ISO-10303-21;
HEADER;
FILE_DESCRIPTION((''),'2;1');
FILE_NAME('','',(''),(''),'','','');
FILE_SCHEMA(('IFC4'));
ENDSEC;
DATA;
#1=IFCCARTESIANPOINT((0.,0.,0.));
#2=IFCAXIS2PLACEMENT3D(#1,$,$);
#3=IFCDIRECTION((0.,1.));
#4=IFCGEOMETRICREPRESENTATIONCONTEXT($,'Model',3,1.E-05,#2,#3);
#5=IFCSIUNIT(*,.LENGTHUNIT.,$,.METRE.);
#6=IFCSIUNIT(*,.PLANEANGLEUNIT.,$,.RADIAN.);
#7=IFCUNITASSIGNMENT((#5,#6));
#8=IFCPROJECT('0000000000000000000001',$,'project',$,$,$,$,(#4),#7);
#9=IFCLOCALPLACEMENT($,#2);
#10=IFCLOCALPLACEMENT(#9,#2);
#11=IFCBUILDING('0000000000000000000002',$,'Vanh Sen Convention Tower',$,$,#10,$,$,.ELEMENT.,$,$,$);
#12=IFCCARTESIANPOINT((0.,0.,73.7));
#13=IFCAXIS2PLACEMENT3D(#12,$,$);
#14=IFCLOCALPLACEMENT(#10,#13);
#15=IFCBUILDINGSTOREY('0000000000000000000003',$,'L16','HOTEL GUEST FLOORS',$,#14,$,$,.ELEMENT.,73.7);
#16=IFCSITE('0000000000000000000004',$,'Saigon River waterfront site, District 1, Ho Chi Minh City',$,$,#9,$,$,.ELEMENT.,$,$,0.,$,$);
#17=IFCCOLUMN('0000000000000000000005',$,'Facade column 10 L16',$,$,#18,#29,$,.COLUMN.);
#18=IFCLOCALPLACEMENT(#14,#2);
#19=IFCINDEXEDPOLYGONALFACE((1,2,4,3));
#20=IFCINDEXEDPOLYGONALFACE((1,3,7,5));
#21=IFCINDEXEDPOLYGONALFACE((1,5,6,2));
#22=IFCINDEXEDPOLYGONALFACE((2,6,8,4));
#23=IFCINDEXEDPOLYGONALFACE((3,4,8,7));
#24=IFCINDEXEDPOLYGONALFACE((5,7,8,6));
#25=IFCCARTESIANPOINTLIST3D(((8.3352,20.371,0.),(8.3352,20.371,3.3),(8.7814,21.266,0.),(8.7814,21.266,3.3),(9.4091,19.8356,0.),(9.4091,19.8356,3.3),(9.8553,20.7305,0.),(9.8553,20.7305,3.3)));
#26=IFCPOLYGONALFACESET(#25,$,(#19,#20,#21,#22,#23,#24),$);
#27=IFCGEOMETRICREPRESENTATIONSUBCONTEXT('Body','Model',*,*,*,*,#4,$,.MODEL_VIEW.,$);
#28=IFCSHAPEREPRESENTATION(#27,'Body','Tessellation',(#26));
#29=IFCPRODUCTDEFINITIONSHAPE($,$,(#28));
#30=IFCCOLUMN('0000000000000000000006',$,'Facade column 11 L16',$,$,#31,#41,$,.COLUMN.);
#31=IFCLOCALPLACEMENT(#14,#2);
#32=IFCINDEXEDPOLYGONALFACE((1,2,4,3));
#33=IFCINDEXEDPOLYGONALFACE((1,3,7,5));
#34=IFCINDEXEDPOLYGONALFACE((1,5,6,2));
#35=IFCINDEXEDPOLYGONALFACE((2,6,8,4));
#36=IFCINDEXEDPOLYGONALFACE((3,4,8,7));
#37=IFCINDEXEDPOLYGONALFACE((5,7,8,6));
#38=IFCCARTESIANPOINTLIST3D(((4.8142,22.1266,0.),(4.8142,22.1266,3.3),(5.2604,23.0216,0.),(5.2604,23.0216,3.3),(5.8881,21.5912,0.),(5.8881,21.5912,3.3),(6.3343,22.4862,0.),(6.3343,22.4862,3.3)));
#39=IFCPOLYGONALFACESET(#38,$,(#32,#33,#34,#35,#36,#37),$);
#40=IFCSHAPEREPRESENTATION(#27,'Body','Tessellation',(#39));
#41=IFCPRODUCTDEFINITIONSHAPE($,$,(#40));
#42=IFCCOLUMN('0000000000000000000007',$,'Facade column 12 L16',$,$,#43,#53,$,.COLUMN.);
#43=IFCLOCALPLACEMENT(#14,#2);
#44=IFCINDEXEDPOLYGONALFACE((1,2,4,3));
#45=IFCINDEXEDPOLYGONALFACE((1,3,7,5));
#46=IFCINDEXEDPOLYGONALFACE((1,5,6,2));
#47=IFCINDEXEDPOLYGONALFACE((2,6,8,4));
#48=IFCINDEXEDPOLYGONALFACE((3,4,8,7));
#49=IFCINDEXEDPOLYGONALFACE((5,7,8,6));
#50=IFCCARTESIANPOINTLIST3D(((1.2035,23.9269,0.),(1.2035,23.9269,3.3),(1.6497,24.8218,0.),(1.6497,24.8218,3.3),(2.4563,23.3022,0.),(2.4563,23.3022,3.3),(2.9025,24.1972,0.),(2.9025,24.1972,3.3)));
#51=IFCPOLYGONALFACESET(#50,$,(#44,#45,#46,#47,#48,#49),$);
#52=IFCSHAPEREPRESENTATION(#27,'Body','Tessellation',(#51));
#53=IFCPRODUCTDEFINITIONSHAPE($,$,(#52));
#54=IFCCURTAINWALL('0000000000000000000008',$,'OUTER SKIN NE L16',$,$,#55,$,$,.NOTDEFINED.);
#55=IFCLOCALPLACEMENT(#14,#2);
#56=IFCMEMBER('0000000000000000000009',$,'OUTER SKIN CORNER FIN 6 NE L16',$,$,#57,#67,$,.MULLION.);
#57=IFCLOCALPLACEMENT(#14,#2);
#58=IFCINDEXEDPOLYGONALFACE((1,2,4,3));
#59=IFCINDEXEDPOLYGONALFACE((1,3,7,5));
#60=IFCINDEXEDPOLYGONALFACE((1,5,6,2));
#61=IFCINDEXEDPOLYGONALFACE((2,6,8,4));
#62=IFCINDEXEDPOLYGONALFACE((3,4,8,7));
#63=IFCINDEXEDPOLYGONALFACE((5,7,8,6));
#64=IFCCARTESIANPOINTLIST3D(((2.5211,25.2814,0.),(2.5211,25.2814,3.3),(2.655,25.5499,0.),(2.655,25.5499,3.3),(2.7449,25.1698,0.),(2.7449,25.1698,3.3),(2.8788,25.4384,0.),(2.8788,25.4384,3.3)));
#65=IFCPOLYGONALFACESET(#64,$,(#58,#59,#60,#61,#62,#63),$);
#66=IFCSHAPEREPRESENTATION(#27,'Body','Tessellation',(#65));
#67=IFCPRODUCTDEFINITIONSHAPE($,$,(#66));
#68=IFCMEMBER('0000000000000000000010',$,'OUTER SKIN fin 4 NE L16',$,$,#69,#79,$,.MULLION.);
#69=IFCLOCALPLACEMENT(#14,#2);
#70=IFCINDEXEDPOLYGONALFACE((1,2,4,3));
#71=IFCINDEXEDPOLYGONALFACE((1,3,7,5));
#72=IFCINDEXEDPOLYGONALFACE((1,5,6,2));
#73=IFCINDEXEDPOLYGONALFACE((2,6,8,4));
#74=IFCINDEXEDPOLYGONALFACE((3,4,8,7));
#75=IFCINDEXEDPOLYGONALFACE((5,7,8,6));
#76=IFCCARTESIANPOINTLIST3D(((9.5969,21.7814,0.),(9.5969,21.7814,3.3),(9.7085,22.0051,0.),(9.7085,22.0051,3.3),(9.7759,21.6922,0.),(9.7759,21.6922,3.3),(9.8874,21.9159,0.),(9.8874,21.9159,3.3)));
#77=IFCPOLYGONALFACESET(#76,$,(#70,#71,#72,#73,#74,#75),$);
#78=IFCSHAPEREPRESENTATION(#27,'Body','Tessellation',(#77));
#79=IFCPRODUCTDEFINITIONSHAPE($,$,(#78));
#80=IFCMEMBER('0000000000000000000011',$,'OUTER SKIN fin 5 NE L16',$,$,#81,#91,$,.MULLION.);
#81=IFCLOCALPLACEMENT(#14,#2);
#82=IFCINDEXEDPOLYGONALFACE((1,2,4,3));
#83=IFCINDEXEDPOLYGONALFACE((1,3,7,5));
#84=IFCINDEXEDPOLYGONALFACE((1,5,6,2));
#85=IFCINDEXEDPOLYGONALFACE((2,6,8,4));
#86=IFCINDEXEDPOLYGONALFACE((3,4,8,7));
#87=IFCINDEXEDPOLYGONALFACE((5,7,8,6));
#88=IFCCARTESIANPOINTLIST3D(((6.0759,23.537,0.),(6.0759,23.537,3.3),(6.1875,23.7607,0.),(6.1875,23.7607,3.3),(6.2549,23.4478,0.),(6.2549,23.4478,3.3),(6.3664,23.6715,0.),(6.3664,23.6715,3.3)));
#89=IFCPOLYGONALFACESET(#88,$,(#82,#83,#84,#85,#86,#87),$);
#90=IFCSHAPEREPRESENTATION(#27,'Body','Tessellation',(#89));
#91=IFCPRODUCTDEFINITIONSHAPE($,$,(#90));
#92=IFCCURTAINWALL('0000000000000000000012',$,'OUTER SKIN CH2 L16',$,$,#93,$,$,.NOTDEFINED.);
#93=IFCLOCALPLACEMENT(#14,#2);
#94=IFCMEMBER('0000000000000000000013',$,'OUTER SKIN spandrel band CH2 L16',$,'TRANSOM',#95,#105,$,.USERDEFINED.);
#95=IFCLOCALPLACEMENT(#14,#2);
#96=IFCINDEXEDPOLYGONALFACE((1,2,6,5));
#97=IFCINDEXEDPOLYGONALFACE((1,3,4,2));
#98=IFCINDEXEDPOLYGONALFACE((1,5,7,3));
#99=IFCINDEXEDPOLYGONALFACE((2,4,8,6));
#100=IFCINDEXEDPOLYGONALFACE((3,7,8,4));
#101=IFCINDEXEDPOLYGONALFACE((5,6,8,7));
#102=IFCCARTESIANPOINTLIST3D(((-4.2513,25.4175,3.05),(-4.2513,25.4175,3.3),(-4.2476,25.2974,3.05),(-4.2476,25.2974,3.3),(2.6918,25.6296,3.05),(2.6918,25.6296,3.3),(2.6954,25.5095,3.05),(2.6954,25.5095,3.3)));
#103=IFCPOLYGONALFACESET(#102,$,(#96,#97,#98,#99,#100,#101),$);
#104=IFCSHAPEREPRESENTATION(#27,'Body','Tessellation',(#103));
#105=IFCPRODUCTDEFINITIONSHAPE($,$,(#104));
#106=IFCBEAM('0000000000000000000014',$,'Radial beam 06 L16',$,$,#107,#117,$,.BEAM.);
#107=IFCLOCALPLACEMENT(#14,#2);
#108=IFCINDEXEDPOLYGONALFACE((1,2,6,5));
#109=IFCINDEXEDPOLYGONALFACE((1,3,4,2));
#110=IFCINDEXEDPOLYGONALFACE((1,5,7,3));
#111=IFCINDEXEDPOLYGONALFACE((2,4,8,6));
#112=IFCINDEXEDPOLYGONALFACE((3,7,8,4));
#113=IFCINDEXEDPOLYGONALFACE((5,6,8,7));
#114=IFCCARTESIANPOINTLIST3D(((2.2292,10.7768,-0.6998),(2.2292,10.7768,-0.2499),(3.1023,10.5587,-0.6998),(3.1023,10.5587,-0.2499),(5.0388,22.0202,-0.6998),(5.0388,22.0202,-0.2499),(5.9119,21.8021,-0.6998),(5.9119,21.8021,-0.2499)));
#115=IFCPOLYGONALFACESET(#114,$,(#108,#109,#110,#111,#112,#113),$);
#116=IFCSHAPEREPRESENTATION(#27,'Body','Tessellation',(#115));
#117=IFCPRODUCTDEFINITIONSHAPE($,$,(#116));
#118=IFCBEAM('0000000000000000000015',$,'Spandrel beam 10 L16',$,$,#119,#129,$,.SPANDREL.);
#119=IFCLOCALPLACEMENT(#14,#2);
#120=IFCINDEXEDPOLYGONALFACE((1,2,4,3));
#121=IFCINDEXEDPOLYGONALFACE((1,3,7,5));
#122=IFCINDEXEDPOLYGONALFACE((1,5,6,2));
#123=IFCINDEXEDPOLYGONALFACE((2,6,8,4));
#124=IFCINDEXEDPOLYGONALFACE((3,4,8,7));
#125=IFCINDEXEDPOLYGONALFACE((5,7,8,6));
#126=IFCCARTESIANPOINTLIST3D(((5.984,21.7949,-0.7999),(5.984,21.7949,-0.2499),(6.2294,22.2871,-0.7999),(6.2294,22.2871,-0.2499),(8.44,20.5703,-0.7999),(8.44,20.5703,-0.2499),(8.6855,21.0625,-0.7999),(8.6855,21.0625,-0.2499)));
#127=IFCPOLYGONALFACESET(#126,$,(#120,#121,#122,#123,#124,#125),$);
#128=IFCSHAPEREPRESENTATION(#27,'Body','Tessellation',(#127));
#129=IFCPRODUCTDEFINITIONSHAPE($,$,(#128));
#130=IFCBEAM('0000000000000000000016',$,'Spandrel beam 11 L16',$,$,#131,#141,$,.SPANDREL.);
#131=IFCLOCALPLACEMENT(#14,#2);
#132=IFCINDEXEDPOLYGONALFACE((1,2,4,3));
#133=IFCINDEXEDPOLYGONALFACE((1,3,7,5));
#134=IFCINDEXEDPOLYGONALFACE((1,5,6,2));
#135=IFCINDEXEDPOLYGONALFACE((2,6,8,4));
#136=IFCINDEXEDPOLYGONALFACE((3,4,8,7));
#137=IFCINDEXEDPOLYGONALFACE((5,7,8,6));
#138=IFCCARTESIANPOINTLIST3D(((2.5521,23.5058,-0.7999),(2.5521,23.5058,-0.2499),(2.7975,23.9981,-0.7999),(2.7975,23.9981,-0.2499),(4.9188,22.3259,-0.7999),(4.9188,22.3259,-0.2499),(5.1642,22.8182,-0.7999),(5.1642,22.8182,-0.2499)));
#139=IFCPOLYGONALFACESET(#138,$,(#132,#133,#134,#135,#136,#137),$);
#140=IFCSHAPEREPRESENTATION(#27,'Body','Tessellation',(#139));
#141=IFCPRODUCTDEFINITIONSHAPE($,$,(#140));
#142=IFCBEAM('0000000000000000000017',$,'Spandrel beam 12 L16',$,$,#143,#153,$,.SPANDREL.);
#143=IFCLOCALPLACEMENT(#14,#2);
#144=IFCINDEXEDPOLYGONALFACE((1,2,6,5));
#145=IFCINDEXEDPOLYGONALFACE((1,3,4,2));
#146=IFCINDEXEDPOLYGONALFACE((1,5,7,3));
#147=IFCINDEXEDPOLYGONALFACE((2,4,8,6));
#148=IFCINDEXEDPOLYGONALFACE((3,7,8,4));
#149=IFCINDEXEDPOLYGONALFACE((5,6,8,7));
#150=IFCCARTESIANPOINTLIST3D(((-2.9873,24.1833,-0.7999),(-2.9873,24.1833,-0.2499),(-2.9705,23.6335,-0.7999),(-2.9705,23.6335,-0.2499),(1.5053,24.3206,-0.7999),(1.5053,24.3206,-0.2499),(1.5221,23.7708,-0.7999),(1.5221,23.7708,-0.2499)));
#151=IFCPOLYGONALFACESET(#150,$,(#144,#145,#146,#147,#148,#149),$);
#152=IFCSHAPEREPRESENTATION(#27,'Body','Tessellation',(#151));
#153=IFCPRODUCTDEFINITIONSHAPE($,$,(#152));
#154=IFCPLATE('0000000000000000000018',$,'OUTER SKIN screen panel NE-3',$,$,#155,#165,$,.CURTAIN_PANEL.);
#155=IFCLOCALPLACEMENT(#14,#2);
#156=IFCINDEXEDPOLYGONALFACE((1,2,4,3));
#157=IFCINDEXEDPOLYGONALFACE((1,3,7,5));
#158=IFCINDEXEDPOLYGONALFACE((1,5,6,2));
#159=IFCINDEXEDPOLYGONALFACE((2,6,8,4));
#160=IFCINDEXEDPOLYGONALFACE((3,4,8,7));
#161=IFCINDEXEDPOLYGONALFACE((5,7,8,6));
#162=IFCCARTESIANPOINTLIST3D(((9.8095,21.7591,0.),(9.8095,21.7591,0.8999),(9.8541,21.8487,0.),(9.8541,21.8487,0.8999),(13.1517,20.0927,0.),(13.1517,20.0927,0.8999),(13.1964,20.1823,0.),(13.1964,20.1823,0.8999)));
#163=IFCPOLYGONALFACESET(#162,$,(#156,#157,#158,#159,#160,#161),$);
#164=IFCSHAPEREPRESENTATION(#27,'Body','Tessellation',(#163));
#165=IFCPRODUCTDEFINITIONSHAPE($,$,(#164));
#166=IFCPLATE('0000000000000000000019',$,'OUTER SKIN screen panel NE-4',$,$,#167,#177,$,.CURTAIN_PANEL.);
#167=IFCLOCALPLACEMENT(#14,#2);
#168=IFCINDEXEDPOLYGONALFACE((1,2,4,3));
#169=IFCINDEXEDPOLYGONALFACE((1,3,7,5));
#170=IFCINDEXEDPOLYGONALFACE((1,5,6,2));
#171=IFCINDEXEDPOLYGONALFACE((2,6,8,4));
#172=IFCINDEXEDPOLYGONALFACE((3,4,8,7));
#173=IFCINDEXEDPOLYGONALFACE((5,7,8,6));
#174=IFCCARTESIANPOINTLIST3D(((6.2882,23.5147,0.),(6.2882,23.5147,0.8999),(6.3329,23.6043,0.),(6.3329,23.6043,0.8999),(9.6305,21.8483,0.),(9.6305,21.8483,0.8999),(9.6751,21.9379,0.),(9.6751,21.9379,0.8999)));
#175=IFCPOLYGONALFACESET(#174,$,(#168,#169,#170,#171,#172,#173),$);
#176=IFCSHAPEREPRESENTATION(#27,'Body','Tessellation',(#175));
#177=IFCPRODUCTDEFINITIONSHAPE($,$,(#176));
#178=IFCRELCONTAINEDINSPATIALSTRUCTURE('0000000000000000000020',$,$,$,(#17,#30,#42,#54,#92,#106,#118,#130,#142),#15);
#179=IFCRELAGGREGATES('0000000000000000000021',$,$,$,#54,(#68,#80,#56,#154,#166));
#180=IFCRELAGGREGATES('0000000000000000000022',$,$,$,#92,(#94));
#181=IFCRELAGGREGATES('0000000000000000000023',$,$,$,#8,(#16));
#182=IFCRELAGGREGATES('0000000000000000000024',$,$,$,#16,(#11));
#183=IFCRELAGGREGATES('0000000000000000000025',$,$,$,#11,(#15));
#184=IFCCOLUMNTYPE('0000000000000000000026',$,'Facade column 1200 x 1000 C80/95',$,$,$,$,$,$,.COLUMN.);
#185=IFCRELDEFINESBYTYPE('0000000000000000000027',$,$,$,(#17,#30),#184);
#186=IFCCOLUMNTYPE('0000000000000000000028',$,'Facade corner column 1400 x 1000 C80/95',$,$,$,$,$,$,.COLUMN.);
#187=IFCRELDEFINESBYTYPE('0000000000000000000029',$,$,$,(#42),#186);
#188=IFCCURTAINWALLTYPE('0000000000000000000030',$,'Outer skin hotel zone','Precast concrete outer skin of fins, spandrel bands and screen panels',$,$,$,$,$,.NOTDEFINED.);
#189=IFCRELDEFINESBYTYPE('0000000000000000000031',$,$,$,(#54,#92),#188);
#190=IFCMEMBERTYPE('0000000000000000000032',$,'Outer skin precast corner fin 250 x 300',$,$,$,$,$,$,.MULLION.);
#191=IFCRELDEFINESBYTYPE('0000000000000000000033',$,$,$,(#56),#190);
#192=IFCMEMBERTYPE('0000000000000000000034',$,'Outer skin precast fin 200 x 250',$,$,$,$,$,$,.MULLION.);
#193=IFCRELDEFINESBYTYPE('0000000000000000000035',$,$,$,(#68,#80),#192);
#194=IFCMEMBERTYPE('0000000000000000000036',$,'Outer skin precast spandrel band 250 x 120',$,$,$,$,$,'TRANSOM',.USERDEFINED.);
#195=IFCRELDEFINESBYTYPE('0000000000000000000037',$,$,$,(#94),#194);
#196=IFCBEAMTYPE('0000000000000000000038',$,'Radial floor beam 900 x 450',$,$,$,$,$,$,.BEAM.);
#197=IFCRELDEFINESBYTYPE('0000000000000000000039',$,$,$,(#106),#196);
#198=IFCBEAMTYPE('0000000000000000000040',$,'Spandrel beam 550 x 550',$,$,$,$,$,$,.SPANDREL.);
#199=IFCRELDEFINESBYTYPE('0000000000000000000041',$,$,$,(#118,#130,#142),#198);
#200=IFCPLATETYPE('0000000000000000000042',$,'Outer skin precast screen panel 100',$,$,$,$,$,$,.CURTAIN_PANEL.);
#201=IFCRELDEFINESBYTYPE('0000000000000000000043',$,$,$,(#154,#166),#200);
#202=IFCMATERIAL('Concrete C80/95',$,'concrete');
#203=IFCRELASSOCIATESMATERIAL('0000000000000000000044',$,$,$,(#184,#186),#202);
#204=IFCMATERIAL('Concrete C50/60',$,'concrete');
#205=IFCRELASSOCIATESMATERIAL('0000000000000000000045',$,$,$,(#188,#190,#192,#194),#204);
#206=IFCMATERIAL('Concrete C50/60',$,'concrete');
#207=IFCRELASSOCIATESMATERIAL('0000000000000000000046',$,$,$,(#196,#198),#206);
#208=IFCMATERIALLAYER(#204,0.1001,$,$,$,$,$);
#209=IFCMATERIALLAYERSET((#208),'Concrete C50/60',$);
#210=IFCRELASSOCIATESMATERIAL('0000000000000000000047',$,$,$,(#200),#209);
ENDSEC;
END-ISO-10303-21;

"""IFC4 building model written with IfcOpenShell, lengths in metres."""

from ifc_helpers import new_model, si_unit, direction, frame, origin, origin_2d, place, context, subcontext, project, spatial, rectangle, extrude, material, layer, layer_set, material_profile, profile_set, type_object, element, aggregate, save


model = new_model("IFC4")

# Units and contexts
model_context = context("Model", 3, precision=1e-05, world=origin(), true_north=direction((0.0, 1.0)))
body_context = subcontext(model_context, "Body", "Model", "MODEL_VIEW")
ifc_project = project(units=[si_unit("LENGTHUNIT", "METRE"), si_unit("PLANEANGLEUNIT", "RADIAN")], contexts=[model_context])

# Site, building, storey
site_placement = place(None, origin())
site = spatial("IfcSite", under=ifc_project, at=site_placement, Name="Saigon River waterfront site, District 1, Ho Chi Minh City", CompositionType="ELEMENT", RefElevation=0.0)
building_placement = place(site_placement, origin())
building = spatial("IfcBuilding", under=site, at=building_placement, Name="Vanh Sen Convention Tower", CompositionType="ELEMENT")
storey_placement = place(building_placement, frame((0.0, 0.0, 73.7)))
storey = spatial("IfcBuildingStorey", under=building, at=storey_placement, Name="L16", Description="HOTEL GUEST FLOORS", CompositionType="ELEMENT", Elevation=73.7)

# Columns
ifc_material_1 = material(Name="Concrete C80/95", Category="concrete")
ifc_material_profile_1 = material_profile(ifc_material_1, rectangle(XDim=1.2, YDim=1.0, at=origin_2d()), Name="RC 1200X1000")
ifc_profile_set_1 = profile_set([ifc_material_profile_1], Name="Concrete C80/95")
column_type_1 = type_object("IfcColumnType", Name="Facade column 1200 x 1000 C80/95", PredefinedType="COLUMN", material=ifc_profile_set_1)
for number, where, z_axis, x_axis, name in (
    (1, (9.0952, 20.5508, 0.0), (0.0, 0.0, 1.0), (-0.894934, 0.446198, 0.0), "Facade column 10 L16"),
    (2, (5.5742, 22.3064, 0.0), (0.0, 0.0, 1.0), (-0.894934, 0.446198, 0.0), "Facade column 11 L16"),
):
    element("IfcColumn", number, at=place(storey_placement, frame(where, z_axis=z_axis, x_axis=x_axis)), inside=storey, type_object=column_type_1, Name=name, PredefinedType="COLUMN", context=body_context, shape_type="SweptSolid", body=[
        extrude(rectangle(XDim=1.2, YDim=1.0, at=origin_2d()), origin(), (0.0, 0.0, 1.0), 3.3),
    ])
ifc_material_profile_2 = material_profile(ifc_material_1, rectangle(XDim=1.3999, YDim=1.0, at=origin_2d()), Name="RC 1400X1000")
ifc_profile_set_2 = profile_set([ifc_material_profile_2], Name="Concrete C80/95")
column_type_2 = type_object("IfcColumnType", Name="Facade corner column 1400 x 1000 C80/95", PredefinedType="COLUMN", material=ifc_profile_set_2)
column_placement = place(storey_placement, frame((2.053, 24.062, 0.0), z_axis=(0.0, 0.0, 1.0), x_axis=(-0.894934, 0.446198, 0.0)))
element("IfcColumn", 3, at=column_placement, inside=storey, type_object=column_type_2, Name="Facade column 12 L16", PredefinedType="COLUMN", context=body_context, shape_type="SweptSolid", body=[
    extrude(rectangle(XDim=1.3999, YDim=1.0, at=origin_2d()), origin(), (0.0, 0.0, 1.0), 3.3),
])

# Curtain wall, members
ifc_material_2 = material(Name="Concrete C50/60", Category="concrete")
curtain_wall_type = type_object("IfcCurtainWallType", Name="Outer skin hotel zone", Description="Precast concrete outer skin of fins, spandrel bands and screen panels", PredefinedType="NOTDEFINED", material=ifc_material_2)
curtain_wall_1_placement = place(storey_placement, origin())
curtain_wall_1 = element("IfcCurtainWall", 4, at=curtain_wall_1_placement, inside=storey, type_object=curtain_wall_type, Name="OUTER SKIN NE L16", PredefinedType="NOTDEFINED")
ifc_material_profile_3 = material_profile(ifc_material_2, rectangle(XDim=0.25, YDim=0.3, at=origin_2d()), Name="Outer skin precast corner fin 250 x 300")
ifc_profile_set_3 = profile_set([ifc_material_profile_3], Name="Concrete C50/60")
member_type_1 = type_object("IfcMemberType", Name="Outer skin precast corner fin 250 x 300", PredefinedType="MULLION", material=ifc_profile_set_3)
member_1_placement = place(storey_placement, frame((2.7, 25.3599, 0.0), z_axis=(0.0, 0.0, 1.0), x_axis=(-0.894934, 0.446198, 0.0)))
member_1 = element("IfcMember", 5, at=member_1_placement, type_object=member_type_1, Name="OUTER SKIN CORNER FIN 6 NE L16", PredefinedType="MULLION", context=body_context, shape_type="SweptSolid", body=[
    extrude(rectangle(XDim=0.25, YDim=0.3, at=origin_2d()), origin(), (0.0, 0.0, 1.0), 3.3),
])
ifc_material_profile_4 = material_profile(ifc_material_2, rectangle(XDim=0.2, YDim=0.25, at=origin_2d()), Name="Outer skin precast fin 200 x 250")
ifc_profile_set_4 = profile_set([ifc_material_profile_4], Name="Concrete C50/60")
member_type_2 = type_object("IfcMemberType", Name="Outer skin precast fin 200 x 250", PredefinedType="MULLION", material=ifc_profile_set_4)
member_2_placement = place(storey_placement, frame((9.7422, 21.8486, 0.0), z_axis=(0.0, 0.0, 1.0), x_axis=(-0.894934, 0.446198, 0.0)))
member_2 = element("IfcMember", 6, at=member_2_placement, type_object=member_type_2, Name="OUTER SKIN fin 4 NE L16", PredefinedType="MULLION", context=body_context, shape_type="SweptSolid", body=[
    extrude(rectangle(XDim=0.2, YDim=0.25, at=origin_2d()), origin(), (0.0, 0.0, 1.0), 3.3),
])
member_3_placement = place(storey_placement, frame((6.2212, 23.6042, 0.0), z_axis=(0.0, 0.0, 1.0), x_axis=(-0.894934, 0.446198, 0.0)))
member_3 = element("IfcMember", 7, at=member_3_placement, type_object=member_type_2, Name="OUTER SKIN fin 5 NE L16", PredefinedType="MULLION", context=body_context, shape_type="SweptSolid", body=[
    extrude(rectangle(XDim=0.2, YDim=0.25, at=origin_2d()), origin(), (0.0, 0.0, 1.0), 3.3),
])

# Curtain wall, member
curtain_wall_2_placement = place(storey_placement, origin())
curtain_wall_2 = element("IfcCurtainWall", 8, at=curtain_wall_2_placement, inside=storey, type_object=curtain_wall_type, Name="OUTER SKIN CH2 L16", PredefinedType="NOTDEFINED")
ifc_material_profile_5 = material_profile(ifc_material_2, rectangle(XDim=0.1201, YDim=0.25, at=origin_2d()), Name="Outer skin precast spandrel band 250 x 120")
ifc_profile_set_5 = profile_set([ifc_material_profile_5], Name="Concrete C50/60")
member_type_3 = type_object("IfcMemberType", Name="Outer skin precast spandrel band 250 x 120", ElementType="TRANSOM", PredefinedType="USERDEFINED", material=ifc_profile_set_5)
member_4_placement = place(storey_placement, frame((2.6936, 25.5696, 3.175), z_axis=(-0.999533, -0.030542, 0.0), x_axis=(0.030542, -0.999533, 0.0)))
member_4 = element("IfcMember", 9, at=member_4_placement, type_object=member_type_3, Name="OUTER SKIN spandrel band CH2 L16", ObjectType="TRANSOM", PredefinedType="USERDEFINED", context=body_context, shape_type="SweptSolid", body=[
    extrude(rectangle(XDim=0.1201, YDim=0.25, at=origin_2d()), origin(), (0.0, 0.0, 1.0), 6.9463),
])

# Beams
ifc_material_3 = material(Name="Concrete C50/60", Category="concrete")
ifc_material_profile_6 = material_profile(ifc_material_3, rectangle(XDim=0.8999, YDim=0.45, at=origin_2d()), Name="RC 900X450")
ifc_profile_set_6 = profile_set([ifc_material_profile_6], Name="Concrete C50/60")
beam_type_1 = type_object("IfcBeamType", Name="Radial floor beam 900 x 450", PredefinedType="BEAM", material=ifc_profile_set_6)
beam_1_placement = place(storey_placement, frame((5.4753, 21.9111, -0.4749), z_axis=(-0.242432, -0.970169, 0.0), x_axis=(0.970169, -0.242432, 0.0)))
element("IfcBeam", 10, at=beam_1_placement, inside=storey, type_object=beam_type_1, Name="Radial beam 06 L16", PredefinedType="BEAM", context=body_context, shape_type="SweptSolid", body=[
    extrude(rectangle(XDim=0.8999, YDim=0.45, at=origin_2d()), origin(), (0.0, 0.0, 1.0), 11.5891),
])
ifc_material_profile_7 = material_profile(ifc_material_3, rectangle(XDim=0.55, YDim=0.55, at=origin_2d()), Name="RC 550X550")
ifc_profile_set_7 = profile_set([ifc_material_profile_7], Name="Concrete C50/60")
beam_type_2 = type_object("IfcBeamType", Name="Spandrel beam 550 x 550", PredefinedType="SPANDREL", material=ifc_profile_set_7)
beam_2_placement = place(storey_placement, frame((8.5627, 20.8164, -0.5249), z_axis=(-0.894925, 0.446217, 0.0), x_axis=(-0.446217, -0.894925, 0.0)))
element("IfcBeam", 11, at=beam_2_placement, inside=storey, type_object=beam_type_2, Name="Spandrel beam 10 L16", PredefinedType="SPANDREL", context=body_context, shape_type="SweptSolid", body=[
    extrude(rectangle(XDim=0.55, YDim=0.55, at=origin_2d()), origin(), (0.0, 0.0, 1.0), 2.7444),
])
beam_3_placement = place(storey_placement, frame((5.0415, 22.572, -0.5249), z_axis=(-0.894944, 0.446179, 0.0), x_axis=(-0.446179, -0.894944, 0.0)))
element("IfcBeam", 12, at=beam_3_placement, inside=storey, type_object=beam_type_2, Name="Spandrel beam 11 L16", PredefinedType="SPANDREL", context=body_context, shape_type="SweptSolid", body=[
    extrude(rectangle(XDim=0.55, YDim=0.55, at=origin_2d()), origin(), (0.0, 0.0, 1.0), 2.6445),
])
beam_4_placement = place(storey_placement, frame((1.5137, 24.0457, -0.5249), z_axis=(-0.999534, -0.030528, 0.0), x_axis=(0.030528, -0.999534, 0.0)))
element("IfcBeam", 13, at=beam_4_placement, inside=storey, type_object=beam_type_2, Name="Spandrel beam 12 L16", PredefinedType="SPANDREL", context=body_context, shape_type="SweptSolid", body=[
    extrude(rectangle(XDim=0.55, YDim=0.55, at=origin_2d()), origin(), (0.0, 0.0, 1.0), 4.4946),
])

# Plates
ifc_layer_1 = layer(ifc_material_2, 0.1001)
ifc_layer_set_1 = layer_set([ifc_layer_1], Name="Concrete C50/60")
plate_type = type_object("IfcPlateType", Name="Outer skin precast screen panel 100", PredefinedType="CURTAIN_PANEL", material=ifc_layer_set_1)
plate_1_placement = place(storey_placement, frame((11.5029, 20.9707, 0.0), z_axis=(0.0, 0.0, 1.0), x_axis=(-0.894935, 0.446196, 0.0)))
plate_1 = element("IfcPlate", 14, at=plate_1_placement, type_object=plate_type, Name="OUTER SKIN screen panel NE-3", PredefinedType="CURTAIN_PANEL", context=body_context, shape_type="SweptSolid", body=[
    extrude(rectangle(XDim=3.7346, YDim=0.1001, at=origin_2d()), origin(), (0.0, 0.0, 1.0), 0.8999),
])
plate_2_placement = place(storey_placement, frame((7.9817, 22.7263, 0.0), z_axis=(0.0, 0.0, 1.0), x_axis=(-0.894935, 0.446196, 0.0)))
plate_2 = element("IfcPlate", 15, at=plate_2_placement, type_object=plate_type, Name="OUTER SKIN screen panel NE-4", PredefinedType="CURTAIN_PANEL", context=body_context, shape_type="SweptSolid", body=[
    extrude(rectangle(XDim=3.7346, YDim=0.1001, at=origin_2d()), origin(), (0.0, 0.0, 1.0), 0.8999),
])
aggregate(curtain_wall_1, [member_2, member_3, member_1, plate_1, plate_2])
aggregate(curtain_wall_2, [member_4])

save(model, "model.ifc")
